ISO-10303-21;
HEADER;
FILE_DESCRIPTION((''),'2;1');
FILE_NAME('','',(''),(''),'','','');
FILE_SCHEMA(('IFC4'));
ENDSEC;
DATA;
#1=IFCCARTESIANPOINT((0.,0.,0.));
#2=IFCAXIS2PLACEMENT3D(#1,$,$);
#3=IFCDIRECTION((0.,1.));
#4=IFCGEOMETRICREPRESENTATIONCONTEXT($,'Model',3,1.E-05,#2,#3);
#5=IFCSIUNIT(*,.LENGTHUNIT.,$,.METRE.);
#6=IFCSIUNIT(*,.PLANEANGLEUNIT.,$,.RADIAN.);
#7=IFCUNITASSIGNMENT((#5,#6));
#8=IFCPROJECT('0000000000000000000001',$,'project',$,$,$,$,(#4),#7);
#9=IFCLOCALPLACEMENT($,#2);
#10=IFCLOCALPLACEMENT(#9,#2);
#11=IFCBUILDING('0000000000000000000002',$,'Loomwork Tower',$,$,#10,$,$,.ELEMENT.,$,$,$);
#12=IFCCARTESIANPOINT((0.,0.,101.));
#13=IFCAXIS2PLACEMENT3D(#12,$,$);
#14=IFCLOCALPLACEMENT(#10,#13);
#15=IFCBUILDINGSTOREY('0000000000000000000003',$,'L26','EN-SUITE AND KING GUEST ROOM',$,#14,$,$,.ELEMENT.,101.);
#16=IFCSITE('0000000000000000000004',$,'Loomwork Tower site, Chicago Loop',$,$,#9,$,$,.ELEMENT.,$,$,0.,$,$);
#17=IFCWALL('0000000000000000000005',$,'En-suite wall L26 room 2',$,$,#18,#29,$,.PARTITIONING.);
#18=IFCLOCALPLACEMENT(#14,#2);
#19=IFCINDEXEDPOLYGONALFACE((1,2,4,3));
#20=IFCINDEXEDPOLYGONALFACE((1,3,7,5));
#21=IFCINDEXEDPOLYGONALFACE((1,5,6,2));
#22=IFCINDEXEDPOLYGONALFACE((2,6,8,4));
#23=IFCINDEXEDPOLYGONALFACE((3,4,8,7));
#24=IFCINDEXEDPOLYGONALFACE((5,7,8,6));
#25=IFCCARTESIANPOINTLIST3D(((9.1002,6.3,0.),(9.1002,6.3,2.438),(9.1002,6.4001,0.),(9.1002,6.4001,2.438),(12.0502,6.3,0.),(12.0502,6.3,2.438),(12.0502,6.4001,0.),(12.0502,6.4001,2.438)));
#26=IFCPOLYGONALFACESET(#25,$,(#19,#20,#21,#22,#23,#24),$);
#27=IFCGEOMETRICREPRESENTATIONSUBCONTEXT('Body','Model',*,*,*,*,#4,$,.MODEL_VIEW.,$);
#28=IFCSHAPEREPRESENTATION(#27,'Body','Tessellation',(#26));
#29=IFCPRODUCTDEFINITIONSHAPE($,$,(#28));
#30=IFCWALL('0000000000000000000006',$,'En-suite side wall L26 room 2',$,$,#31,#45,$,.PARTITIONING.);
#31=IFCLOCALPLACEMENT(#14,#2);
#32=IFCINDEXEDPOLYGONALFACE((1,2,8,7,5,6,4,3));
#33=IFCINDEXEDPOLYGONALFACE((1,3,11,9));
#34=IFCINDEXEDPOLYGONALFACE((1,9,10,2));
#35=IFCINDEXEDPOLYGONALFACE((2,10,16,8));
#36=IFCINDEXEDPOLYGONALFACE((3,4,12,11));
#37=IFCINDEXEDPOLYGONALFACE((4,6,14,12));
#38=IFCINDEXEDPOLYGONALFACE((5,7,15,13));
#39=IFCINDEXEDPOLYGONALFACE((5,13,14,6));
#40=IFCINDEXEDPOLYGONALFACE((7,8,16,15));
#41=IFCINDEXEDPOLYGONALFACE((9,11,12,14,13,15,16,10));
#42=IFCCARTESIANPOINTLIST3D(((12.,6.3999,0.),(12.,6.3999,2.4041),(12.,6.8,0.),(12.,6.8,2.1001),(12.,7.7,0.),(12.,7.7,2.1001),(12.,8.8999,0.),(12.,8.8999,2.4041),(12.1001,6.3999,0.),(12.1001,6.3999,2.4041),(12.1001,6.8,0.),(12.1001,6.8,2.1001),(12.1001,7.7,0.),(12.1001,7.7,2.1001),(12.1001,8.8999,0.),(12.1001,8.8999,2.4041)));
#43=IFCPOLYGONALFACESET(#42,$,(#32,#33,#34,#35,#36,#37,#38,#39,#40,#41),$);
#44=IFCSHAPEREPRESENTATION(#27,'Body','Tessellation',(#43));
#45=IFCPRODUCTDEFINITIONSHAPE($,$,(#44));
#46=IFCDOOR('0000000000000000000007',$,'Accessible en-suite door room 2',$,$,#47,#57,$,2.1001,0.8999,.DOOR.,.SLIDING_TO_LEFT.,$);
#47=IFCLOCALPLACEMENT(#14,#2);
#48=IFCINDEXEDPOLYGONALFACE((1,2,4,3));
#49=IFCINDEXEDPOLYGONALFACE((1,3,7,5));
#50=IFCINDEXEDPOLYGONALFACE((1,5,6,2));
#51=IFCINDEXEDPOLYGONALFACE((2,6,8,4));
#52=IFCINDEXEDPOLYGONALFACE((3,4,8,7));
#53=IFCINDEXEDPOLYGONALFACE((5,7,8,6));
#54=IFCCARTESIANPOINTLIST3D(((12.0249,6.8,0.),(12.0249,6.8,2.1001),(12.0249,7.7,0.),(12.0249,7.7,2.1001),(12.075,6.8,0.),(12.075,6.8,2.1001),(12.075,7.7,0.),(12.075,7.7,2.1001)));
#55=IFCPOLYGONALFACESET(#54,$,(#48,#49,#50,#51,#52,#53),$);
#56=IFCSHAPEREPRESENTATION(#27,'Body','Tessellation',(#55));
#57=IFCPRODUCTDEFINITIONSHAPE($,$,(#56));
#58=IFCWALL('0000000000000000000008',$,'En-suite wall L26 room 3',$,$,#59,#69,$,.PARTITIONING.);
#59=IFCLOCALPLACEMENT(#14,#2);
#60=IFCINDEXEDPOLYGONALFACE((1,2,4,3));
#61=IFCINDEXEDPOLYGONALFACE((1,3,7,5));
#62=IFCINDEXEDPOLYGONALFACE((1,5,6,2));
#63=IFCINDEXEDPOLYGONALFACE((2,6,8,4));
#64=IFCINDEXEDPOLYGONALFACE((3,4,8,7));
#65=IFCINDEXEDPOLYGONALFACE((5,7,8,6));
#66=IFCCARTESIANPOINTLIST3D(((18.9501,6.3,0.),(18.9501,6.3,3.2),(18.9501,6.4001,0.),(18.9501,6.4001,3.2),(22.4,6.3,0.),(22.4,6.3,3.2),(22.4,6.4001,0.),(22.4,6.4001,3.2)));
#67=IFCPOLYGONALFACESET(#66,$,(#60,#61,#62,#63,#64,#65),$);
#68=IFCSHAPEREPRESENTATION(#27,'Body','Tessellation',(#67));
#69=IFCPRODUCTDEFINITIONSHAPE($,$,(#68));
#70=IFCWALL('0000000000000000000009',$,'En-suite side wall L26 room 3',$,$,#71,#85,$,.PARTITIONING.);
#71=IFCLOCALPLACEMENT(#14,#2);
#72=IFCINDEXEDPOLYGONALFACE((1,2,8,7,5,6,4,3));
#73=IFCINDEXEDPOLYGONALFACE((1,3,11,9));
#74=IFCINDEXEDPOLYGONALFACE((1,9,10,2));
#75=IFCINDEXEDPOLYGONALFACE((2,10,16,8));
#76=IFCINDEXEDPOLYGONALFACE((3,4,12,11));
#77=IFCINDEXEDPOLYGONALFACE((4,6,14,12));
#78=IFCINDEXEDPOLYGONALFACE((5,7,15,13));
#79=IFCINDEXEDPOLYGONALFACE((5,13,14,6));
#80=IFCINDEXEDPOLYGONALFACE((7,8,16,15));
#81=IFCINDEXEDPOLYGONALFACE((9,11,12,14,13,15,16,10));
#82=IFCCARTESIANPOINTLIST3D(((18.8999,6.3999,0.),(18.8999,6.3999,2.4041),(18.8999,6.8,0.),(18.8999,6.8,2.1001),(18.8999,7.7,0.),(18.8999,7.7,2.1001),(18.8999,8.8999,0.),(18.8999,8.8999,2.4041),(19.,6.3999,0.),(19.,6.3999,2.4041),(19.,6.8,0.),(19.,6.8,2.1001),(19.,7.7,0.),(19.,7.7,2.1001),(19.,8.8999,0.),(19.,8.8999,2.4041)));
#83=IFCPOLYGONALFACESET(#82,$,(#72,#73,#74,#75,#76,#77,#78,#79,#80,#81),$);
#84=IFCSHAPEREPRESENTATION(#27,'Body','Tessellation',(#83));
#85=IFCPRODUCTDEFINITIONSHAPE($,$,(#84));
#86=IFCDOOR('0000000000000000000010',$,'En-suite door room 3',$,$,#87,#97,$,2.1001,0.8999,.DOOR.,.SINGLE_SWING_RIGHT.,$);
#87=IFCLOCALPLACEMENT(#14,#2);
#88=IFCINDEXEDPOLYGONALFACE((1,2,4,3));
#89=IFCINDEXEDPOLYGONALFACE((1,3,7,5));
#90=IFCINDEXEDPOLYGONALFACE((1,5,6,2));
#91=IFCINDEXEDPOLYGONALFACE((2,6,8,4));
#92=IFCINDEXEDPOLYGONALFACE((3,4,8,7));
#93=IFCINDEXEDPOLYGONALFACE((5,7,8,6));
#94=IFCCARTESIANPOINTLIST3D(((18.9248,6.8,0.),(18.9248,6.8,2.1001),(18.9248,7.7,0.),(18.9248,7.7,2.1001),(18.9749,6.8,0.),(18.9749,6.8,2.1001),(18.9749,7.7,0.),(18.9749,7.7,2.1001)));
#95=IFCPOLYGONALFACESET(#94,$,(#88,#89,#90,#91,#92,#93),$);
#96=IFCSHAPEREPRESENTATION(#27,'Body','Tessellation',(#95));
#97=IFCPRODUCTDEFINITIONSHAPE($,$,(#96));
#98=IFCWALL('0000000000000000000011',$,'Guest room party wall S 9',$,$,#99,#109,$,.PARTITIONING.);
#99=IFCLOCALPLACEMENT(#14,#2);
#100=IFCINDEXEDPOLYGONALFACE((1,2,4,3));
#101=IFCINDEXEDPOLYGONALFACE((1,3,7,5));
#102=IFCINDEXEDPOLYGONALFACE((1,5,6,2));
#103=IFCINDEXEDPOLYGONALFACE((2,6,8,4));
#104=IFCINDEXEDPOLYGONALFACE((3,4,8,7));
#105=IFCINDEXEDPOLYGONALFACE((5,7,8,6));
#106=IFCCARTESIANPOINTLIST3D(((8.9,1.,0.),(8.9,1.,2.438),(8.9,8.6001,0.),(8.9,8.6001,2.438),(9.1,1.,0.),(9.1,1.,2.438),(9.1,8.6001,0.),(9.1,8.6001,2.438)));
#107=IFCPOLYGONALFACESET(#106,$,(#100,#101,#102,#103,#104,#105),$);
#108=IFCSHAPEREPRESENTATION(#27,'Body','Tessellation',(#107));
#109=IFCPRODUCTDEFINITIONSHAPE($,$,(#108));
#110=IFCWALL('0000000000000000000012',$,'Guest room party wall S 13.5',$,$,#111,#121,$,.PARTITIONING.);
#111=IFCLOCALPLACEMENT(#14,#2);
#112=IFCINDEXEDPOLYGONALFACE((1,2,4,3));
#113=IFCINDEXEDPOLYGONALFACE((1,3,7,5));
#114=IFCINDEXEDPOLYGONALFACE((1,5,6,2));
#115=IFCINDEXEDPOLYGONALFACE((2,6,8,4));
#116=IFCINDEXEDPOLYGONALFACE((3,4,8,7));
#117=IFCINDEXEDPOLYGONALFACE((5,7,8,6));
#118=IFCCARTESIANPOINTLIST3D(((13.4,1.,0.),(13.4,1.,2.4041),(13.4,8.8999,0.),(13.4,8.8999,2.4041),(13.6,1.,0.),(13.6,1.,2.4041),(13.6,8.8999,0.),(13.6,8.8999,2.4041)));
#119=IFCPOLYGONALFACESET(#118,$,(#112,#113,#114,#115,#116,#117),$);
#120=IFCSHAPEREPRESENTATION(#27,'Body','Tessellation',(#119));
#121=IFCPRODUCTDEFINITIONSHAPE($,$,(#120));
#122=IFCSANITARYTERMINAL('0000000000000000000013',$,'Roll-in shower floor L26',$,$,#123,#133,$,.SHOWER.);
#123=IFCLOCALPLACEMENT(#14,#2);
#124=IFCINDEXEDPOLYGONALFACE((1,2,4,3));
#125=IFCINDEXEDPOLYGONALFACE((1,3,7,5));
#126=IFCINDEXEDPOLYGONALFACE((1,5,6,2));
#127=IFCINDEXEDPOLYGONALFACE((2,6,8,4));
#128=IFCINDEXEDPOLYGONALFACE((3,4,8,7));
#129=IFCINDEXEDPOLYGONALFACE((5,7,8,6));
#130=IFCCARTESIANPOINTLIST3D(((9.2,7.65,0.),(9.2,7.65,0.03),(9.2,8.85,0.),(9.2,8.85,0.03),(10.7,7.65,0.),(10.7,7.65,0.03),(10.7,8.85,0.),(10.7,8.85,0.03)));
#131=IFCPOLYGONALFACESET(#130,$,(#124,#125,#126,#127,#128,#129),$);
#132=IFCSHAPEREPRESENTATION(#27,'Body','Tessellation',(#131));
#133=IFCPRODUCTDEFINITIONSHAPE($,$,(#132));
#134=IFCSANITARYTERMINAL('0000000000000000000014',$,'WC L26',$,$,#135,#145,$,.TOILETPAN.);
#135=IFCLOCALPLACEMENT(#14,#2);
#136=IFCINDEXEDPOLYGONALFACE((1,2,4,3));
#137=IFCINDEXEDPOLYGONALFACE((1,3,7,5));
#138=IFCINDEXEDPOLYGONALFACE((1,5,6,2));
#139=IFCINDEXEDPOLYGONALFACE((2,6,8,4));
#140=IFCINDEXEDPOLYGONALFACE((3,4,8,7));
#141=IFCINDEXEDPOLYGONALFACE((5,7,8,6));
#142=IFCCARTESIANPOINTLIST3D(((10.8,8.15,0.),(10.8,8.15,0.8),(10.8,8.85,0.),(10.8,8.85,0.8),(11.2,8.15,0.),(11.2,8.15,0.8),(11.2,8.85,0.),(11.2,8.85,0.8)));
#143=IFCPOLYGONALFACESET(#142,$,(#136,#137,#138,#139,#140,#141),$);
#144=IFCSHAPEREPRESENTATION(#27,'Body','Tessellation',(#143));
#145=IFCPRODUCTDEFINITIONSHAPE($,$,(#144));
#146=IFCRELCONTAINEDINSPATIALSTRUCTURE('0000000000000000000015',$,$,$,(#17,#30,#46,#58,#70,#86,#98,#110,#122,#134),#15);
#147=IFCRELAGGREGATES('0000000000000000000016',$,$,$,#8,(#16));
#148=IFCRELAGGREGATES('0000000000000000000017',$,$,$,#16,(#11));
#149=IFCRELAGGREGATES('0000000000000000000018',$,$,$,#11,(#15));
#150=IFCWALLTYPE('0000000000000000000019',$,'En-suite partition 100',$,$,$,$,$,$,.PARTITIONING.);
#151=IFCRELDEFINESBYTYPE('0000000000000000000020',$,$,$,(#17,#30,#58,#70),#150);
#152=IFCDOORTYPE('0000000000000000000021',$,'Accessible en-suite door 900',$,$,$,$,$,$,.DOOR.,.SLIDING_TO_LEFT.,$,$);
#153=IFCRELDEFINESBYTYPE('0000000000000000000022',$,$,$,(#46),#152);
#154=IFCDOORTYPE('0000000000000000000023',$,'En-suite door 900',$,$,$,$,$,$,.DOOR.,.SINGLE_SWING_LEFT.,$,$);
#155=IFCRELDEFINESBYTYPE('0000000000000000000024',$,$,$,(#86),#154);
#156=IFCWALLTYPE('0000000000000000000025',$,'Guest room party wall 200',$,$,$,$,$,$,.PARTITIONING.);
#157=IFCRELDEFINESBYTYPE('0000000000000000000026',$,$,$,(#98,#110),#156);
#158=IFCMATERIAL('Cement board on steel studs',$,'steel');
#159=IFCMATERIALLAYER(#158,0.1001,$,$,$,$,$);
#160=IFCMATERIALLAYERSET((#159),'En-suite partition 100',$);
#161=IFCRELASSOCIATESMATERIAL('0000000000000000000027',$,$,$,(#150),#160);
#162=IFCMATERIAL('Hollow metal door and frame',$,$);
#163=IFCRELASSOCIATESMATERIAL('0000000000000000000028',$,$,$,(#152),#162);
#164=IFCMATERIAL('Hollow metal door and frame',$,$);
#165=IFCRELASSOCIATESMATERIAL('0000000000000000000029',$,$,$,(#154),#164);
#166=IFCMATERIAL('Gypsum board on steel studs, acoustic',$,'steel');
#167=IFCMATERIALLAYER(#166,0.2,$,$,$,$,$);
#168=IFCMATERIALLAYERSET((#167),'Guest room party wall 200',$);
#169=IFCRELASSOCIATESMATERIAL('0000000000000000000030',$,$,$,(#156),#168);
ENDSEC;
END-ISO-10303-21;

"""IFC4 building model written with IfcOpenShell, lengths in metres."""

from ifc_helpers import new_model, si_unit, direction, frame, frame_2d, origin, origin_2d, place, context, subcontext, project, spatial, rectangle, extrude, material, layer, layer_set, type_object, element, fill, save


model = new_model("IFC4")

# Units and contexts
model_context = context("Model", 3, precision=1e-05, world=origin(), true_north=direction((0.0, 1.0)))
body_context = subcontext(model_context, "Body", "Model", "MODEL_VIEW")
ifc_project = project(units=[si_unit("LENGTHUNIT", "METRE"), si_unit("PLANEANGLEUNIT", "RADIAN")], contexts=[model_context])

# Site, building, storey
site_placement = place(None, origin())
site = spatial("IfcSite", under=ifc_project, at=site_placement, Name="Loomwork Tower site, Chicago Loop", CompositionType="ELEMENT", RefElevation=0.0)
building_placement = place(site_placement, origin())
building = spatial("IfcBuilding", under=site, at=building_placement, Name="Loomwork Tower", CompositionType="ELEMENT")
storey_placement = place(building_placement, frame((0.0, 0.0, 101.0)))
storey = spatial("IfcBuildingStorey", under=building, at=storey_placement, Name="L26", Description="EN-SUITE AND KING GUEST ROOM", CompositionType="ELEMENT", Elevation=101.0)

# Wall
ifc_material_1 = material(Name="Cement board on steel studs", Category="steel")
ifc_layer_1 = layer(ifc_material_1, 0.1001)
ifc_layer_set_1 = layer_set([ifc_layer_1], Name="En-suite partition 100")
wall_type_1 = type_object("IfcWallType", Name="En-suite partition 100", PredefinedType="PARTITIONING", material=ifc_layer_set_1)
wall_1_placement = place(storey_placement, frame((9.1001, 6.3501, 0.0), z_axis=(0.0, 0.0, 1.0), x_axis=(1.0, 0.0, 0.0)))
element("IfcWall", 1, at=wall_1_placement, inside=storey, type_object=wall_type_1, Name="En-suite wall L26 room 2", PredefinedType="PARTITIONING", context=body_context, shape_type="SweptSolid", body=[
    extrude(rectangle(XDim=2.95, YDim=0.1001, at=frame_2d((1.4751, 0.0))), origin(), (0.0, 0.0, 1.0), 2.438),
])

# Wall, opening, door
wall_2_placement = place(storey_placement, frame((12.05, 8.8999, 0.0), z_axis=(0.0, 0.0, 1.0), x_axis=(0.0, -1.0, 0.0)))
wall_2 = element("IfcWall", 2, at=wall_2_placement, inside=storey, type_object=wall_type_1, Name="En-suite side wall L26 room 2", PredefinedType="PARTITIONING", context=body_context, shape_type="SweptSolid", body=[
    extrude(rectangle(XDim=2.5, YDim=0.1001, at=frame_2d((1.25, 0.0))), origin(), (0.0, 0.0, 1.0), 2.4041),
])
opening_1_placement = place(wall_2_placement, frame((1.2, 0.0, 0.0)))
opening_1 = element("IfcOpeningElement", 3, at=opening_1_placement, cuts=wall_2, PredefinedType="OPENING", context=body_context, shape_type="SweptSolid", body=[
    extrude(rectangle(XDim=0.8999, YDim=2.1001, at=frame_2d((0.45, 1.05))), frame((0.0, 0.0601, 0.0), z_axis=(0.0, -1.0, 0.0), x_axis=(1.0, 0.0, 0.0)), (0.0, 0.0, 1.0), 0.1201),
])
ifc_material_2 = material(Name="Hollow metal door and frame")
door_type_1 = type_object("IfcDoorType", Name="Accessible en-suite door 900", OperationType="SLIDING_TO_LEFT", PredefinedType="DOOR", material=ifc_material_2)
door_1_placement = place(opening_1_placement, origin())
door_1 = element("IfcDoor", 4, at=door_1_placement, inside=storey, type_object=door_type_1, Name="Accessible en-suite door room 2", OperationType="SLIDING_TO_LEFT", OverallHeight=2.1001, OverallWidth=0.8999, PredefinedType="DOOR", context=body_context, shape_type="SweptSolid", body=[
    extrude(rectangle(XDim=0.8999, YDim=2.1001, at=frame_2d((0.45, 1.05))), frame((0.0, 0.0249, 0.0), z_axis=(0.0, -1.0, 0.0), x_axis=(1.0, 0.0, 0.0)), (0.0, 0.0, 1.0), 0.05),
])
fill(opening_1, door_1)

# Wall
wall_3_placement = place(storey_placement, frame((18.95, 6.3501, 0.0), z_axis=(0.0, 0.0, 1.0), x_axis=(1.0, 0.0, 0.0)))
element("IfcWall", 5, at=wall_3_placement, inside=storey, type_object=wall_type_1, Name="En-suite wall L26 room 3", PredefinedType="PARTITIONING", context=body_context, shape_type="SweptSolid", body=[
    extrude(rectangle(XDim=3.45, YDim=0.1001, at=frame_2d((1.7251, 0.0))), origin(), (0.0, 0.0, 1.0), 3.2),
])

# Wall, opening, door
wall_4_placement = place(storey_placement, frame((18.95, 8.8999, 0.0), z_axis=(0.0, 0.0, 1.0), x_axis=(0.0, -1.0, 0.0)))
wall_4 = element("IfcWall", 6, at=wall_4_placement, inside=storey, type_object=wall_type_1, Name="En-suite side wall L26 room 3", PredefinedType="PARTITIONING", context=body_context, shape_type="SweptSolid", body=[
    extrude(rectangle(XDim=2.5, YDim=0.1001, at=frame_2d((1.25, 0.0))), origin(), (0.0, 0.0, 1.0), 2.4041),
])
opening_2_placement = place(wall_4_placement, frame((1.2, 0.0, 0.0)))
opening_2 = element("IfcOpeningElement", 7, at=opening_2_placement, cuts=wall_4, PredefinedType="OPENING", context=body_context, shape_type="SweptSolid", body=[
    extrude(rectangle(XDim=0.8999, YDim=2.1001, at=frame_2d((0.45, 1.05))), frame((0.0, 0.0601, 0.0), z_axis=(0.0, -1.0, 0.0), x_axis=(1.0, 0.0, 0.0)), (0.0, 0.0, 1.0), 0.1201),
])
ifc_material_3 = material(Name="Hollow metal door and frame")
door_type_2 = type_object("IfcDoorType", Name="En-suite door 900", OperationType="SINGLE_SWING_LEFT", PredefinedType="DOOR", material=ifc_material_3)
door_2_placement = place(opening_2_placement, origin())
door_2 = element("IfcDoor", 8, at=door_2_placement, inside=storey, type_object=door_type_2, Name="En-suite door room 3", OperationType="SINGLE_SWING_RIGHT", OverallHeight=2.1001, OverallWidth=0.8999, PredefinedType="DOOR", context=body_context, shape_type="SweptSolid", body=[
    extrude(rectangle(XDim=0.8999, YDim=2.1001, at=frame_2d((0.45, 1.05))), frame((0.0, 0.0249, 0.0), z_axis=(0.0, -1.0, 0.0), x_axis=(1.0, 0.0, 0.0)), (0.0, 0.0, 1.0), 0.05),
])
fill(opening_2, door_2)

# Walls
ifc_material_4 = material(Name="Gypsum board on steel studs, acoustic", Category="steel")
ifc_layer_2 = layer(ifc_material_4, 0.2)
ifc_layer_set_2 = layer_set([ifc_layer_2], Name="Guest room party wall 200")
wall_type_2 = type_object("IfcWallType", Name="Guest room party wall 200", PredefinedType="PARTITIONING", material=ifc_layer_set_2)
wall_5_placement = place(storey_placement, frame((9.0, 8.6001, 0.0), z_axis=(0.0, 0.0, 1.0), x_axis=(0.0, -1.0, 0.0)))
element("IfcWall", 9, at=wall_5_placement, inside=storey, type_object=wall_type_2, Name="Guest room party wall S 9", PredefinedType="PARTITIONING", context=body_context, shape_type="SweptSolid", body=[
    extrude(rectangle(XDim=7.6001, YDim=0.2, at=frame_2d((3.8, 0.0))), origin(), (0.0, 0.0, 1.0), 2.438),
])
wall_6_placement = place(storey_placement, frame((13.5, 8.8999, 0.0), z_axis=(0.0, 0.0, 1.0), x_axis=(0.0, -1.0, 0.0)))
element("IfcWall", 10, at=wall_6_placement, inside=storey, type_object=wall_type_2, Name="Guest room party wall S 13.5", PredefinedType="PARTITIONING", context=body_context, shape_type="SweptSolid", body=[
    extrude(rectangle(XDim=7.8999, YDim=0.2, at=frame_2d((3.95, 0.0))), origin(), (0.0, 0.0, 1.0), 2.4041),
])

# Sanitary terminals
sanitary_terminal_1_placement = place(storey_placement, frame((9.95, 8.25, 0.0), z_axis=(0.0, 0.0, 1.0), x_axis=(1.0, 0.0, 0.0)))
element("IfcSanitaryTerminal", 11, at=sanitary_terminal_1_placement, inside=storey, Name="Roll-in shower floor L26", PredefinedType="SHOWER", context=body_context, shape_type="SweptSolid", body=[
    extrude(rectangle(XDim=1.5, YDim=1.2, at=origin_2d()), origin(), (0.0, 0.0, 1.0), 0.03),
])
sanitary_terminal_2_placement = place(storey_placement, frame((11.0, 8.5, 0.0), z_axis=(0.0, 0.0, 1.0), x_axis=(1.0, 0.0, 0.0)))
element("IfcSanitaryTerminal", 12, at=sanitary_terminal_2_placement, inside=storey, Name="WC L26", PredefinedType="TOILETPAN", context=body_context, shape_type="SweptSolid", body=[
    extrude(rectangle(XDim=0.3999, YDim=0.7, at=origin_2d()), origin(), (0.0, 0.0, 1.0), 0.8),
])

save(model, "model.ifc")
